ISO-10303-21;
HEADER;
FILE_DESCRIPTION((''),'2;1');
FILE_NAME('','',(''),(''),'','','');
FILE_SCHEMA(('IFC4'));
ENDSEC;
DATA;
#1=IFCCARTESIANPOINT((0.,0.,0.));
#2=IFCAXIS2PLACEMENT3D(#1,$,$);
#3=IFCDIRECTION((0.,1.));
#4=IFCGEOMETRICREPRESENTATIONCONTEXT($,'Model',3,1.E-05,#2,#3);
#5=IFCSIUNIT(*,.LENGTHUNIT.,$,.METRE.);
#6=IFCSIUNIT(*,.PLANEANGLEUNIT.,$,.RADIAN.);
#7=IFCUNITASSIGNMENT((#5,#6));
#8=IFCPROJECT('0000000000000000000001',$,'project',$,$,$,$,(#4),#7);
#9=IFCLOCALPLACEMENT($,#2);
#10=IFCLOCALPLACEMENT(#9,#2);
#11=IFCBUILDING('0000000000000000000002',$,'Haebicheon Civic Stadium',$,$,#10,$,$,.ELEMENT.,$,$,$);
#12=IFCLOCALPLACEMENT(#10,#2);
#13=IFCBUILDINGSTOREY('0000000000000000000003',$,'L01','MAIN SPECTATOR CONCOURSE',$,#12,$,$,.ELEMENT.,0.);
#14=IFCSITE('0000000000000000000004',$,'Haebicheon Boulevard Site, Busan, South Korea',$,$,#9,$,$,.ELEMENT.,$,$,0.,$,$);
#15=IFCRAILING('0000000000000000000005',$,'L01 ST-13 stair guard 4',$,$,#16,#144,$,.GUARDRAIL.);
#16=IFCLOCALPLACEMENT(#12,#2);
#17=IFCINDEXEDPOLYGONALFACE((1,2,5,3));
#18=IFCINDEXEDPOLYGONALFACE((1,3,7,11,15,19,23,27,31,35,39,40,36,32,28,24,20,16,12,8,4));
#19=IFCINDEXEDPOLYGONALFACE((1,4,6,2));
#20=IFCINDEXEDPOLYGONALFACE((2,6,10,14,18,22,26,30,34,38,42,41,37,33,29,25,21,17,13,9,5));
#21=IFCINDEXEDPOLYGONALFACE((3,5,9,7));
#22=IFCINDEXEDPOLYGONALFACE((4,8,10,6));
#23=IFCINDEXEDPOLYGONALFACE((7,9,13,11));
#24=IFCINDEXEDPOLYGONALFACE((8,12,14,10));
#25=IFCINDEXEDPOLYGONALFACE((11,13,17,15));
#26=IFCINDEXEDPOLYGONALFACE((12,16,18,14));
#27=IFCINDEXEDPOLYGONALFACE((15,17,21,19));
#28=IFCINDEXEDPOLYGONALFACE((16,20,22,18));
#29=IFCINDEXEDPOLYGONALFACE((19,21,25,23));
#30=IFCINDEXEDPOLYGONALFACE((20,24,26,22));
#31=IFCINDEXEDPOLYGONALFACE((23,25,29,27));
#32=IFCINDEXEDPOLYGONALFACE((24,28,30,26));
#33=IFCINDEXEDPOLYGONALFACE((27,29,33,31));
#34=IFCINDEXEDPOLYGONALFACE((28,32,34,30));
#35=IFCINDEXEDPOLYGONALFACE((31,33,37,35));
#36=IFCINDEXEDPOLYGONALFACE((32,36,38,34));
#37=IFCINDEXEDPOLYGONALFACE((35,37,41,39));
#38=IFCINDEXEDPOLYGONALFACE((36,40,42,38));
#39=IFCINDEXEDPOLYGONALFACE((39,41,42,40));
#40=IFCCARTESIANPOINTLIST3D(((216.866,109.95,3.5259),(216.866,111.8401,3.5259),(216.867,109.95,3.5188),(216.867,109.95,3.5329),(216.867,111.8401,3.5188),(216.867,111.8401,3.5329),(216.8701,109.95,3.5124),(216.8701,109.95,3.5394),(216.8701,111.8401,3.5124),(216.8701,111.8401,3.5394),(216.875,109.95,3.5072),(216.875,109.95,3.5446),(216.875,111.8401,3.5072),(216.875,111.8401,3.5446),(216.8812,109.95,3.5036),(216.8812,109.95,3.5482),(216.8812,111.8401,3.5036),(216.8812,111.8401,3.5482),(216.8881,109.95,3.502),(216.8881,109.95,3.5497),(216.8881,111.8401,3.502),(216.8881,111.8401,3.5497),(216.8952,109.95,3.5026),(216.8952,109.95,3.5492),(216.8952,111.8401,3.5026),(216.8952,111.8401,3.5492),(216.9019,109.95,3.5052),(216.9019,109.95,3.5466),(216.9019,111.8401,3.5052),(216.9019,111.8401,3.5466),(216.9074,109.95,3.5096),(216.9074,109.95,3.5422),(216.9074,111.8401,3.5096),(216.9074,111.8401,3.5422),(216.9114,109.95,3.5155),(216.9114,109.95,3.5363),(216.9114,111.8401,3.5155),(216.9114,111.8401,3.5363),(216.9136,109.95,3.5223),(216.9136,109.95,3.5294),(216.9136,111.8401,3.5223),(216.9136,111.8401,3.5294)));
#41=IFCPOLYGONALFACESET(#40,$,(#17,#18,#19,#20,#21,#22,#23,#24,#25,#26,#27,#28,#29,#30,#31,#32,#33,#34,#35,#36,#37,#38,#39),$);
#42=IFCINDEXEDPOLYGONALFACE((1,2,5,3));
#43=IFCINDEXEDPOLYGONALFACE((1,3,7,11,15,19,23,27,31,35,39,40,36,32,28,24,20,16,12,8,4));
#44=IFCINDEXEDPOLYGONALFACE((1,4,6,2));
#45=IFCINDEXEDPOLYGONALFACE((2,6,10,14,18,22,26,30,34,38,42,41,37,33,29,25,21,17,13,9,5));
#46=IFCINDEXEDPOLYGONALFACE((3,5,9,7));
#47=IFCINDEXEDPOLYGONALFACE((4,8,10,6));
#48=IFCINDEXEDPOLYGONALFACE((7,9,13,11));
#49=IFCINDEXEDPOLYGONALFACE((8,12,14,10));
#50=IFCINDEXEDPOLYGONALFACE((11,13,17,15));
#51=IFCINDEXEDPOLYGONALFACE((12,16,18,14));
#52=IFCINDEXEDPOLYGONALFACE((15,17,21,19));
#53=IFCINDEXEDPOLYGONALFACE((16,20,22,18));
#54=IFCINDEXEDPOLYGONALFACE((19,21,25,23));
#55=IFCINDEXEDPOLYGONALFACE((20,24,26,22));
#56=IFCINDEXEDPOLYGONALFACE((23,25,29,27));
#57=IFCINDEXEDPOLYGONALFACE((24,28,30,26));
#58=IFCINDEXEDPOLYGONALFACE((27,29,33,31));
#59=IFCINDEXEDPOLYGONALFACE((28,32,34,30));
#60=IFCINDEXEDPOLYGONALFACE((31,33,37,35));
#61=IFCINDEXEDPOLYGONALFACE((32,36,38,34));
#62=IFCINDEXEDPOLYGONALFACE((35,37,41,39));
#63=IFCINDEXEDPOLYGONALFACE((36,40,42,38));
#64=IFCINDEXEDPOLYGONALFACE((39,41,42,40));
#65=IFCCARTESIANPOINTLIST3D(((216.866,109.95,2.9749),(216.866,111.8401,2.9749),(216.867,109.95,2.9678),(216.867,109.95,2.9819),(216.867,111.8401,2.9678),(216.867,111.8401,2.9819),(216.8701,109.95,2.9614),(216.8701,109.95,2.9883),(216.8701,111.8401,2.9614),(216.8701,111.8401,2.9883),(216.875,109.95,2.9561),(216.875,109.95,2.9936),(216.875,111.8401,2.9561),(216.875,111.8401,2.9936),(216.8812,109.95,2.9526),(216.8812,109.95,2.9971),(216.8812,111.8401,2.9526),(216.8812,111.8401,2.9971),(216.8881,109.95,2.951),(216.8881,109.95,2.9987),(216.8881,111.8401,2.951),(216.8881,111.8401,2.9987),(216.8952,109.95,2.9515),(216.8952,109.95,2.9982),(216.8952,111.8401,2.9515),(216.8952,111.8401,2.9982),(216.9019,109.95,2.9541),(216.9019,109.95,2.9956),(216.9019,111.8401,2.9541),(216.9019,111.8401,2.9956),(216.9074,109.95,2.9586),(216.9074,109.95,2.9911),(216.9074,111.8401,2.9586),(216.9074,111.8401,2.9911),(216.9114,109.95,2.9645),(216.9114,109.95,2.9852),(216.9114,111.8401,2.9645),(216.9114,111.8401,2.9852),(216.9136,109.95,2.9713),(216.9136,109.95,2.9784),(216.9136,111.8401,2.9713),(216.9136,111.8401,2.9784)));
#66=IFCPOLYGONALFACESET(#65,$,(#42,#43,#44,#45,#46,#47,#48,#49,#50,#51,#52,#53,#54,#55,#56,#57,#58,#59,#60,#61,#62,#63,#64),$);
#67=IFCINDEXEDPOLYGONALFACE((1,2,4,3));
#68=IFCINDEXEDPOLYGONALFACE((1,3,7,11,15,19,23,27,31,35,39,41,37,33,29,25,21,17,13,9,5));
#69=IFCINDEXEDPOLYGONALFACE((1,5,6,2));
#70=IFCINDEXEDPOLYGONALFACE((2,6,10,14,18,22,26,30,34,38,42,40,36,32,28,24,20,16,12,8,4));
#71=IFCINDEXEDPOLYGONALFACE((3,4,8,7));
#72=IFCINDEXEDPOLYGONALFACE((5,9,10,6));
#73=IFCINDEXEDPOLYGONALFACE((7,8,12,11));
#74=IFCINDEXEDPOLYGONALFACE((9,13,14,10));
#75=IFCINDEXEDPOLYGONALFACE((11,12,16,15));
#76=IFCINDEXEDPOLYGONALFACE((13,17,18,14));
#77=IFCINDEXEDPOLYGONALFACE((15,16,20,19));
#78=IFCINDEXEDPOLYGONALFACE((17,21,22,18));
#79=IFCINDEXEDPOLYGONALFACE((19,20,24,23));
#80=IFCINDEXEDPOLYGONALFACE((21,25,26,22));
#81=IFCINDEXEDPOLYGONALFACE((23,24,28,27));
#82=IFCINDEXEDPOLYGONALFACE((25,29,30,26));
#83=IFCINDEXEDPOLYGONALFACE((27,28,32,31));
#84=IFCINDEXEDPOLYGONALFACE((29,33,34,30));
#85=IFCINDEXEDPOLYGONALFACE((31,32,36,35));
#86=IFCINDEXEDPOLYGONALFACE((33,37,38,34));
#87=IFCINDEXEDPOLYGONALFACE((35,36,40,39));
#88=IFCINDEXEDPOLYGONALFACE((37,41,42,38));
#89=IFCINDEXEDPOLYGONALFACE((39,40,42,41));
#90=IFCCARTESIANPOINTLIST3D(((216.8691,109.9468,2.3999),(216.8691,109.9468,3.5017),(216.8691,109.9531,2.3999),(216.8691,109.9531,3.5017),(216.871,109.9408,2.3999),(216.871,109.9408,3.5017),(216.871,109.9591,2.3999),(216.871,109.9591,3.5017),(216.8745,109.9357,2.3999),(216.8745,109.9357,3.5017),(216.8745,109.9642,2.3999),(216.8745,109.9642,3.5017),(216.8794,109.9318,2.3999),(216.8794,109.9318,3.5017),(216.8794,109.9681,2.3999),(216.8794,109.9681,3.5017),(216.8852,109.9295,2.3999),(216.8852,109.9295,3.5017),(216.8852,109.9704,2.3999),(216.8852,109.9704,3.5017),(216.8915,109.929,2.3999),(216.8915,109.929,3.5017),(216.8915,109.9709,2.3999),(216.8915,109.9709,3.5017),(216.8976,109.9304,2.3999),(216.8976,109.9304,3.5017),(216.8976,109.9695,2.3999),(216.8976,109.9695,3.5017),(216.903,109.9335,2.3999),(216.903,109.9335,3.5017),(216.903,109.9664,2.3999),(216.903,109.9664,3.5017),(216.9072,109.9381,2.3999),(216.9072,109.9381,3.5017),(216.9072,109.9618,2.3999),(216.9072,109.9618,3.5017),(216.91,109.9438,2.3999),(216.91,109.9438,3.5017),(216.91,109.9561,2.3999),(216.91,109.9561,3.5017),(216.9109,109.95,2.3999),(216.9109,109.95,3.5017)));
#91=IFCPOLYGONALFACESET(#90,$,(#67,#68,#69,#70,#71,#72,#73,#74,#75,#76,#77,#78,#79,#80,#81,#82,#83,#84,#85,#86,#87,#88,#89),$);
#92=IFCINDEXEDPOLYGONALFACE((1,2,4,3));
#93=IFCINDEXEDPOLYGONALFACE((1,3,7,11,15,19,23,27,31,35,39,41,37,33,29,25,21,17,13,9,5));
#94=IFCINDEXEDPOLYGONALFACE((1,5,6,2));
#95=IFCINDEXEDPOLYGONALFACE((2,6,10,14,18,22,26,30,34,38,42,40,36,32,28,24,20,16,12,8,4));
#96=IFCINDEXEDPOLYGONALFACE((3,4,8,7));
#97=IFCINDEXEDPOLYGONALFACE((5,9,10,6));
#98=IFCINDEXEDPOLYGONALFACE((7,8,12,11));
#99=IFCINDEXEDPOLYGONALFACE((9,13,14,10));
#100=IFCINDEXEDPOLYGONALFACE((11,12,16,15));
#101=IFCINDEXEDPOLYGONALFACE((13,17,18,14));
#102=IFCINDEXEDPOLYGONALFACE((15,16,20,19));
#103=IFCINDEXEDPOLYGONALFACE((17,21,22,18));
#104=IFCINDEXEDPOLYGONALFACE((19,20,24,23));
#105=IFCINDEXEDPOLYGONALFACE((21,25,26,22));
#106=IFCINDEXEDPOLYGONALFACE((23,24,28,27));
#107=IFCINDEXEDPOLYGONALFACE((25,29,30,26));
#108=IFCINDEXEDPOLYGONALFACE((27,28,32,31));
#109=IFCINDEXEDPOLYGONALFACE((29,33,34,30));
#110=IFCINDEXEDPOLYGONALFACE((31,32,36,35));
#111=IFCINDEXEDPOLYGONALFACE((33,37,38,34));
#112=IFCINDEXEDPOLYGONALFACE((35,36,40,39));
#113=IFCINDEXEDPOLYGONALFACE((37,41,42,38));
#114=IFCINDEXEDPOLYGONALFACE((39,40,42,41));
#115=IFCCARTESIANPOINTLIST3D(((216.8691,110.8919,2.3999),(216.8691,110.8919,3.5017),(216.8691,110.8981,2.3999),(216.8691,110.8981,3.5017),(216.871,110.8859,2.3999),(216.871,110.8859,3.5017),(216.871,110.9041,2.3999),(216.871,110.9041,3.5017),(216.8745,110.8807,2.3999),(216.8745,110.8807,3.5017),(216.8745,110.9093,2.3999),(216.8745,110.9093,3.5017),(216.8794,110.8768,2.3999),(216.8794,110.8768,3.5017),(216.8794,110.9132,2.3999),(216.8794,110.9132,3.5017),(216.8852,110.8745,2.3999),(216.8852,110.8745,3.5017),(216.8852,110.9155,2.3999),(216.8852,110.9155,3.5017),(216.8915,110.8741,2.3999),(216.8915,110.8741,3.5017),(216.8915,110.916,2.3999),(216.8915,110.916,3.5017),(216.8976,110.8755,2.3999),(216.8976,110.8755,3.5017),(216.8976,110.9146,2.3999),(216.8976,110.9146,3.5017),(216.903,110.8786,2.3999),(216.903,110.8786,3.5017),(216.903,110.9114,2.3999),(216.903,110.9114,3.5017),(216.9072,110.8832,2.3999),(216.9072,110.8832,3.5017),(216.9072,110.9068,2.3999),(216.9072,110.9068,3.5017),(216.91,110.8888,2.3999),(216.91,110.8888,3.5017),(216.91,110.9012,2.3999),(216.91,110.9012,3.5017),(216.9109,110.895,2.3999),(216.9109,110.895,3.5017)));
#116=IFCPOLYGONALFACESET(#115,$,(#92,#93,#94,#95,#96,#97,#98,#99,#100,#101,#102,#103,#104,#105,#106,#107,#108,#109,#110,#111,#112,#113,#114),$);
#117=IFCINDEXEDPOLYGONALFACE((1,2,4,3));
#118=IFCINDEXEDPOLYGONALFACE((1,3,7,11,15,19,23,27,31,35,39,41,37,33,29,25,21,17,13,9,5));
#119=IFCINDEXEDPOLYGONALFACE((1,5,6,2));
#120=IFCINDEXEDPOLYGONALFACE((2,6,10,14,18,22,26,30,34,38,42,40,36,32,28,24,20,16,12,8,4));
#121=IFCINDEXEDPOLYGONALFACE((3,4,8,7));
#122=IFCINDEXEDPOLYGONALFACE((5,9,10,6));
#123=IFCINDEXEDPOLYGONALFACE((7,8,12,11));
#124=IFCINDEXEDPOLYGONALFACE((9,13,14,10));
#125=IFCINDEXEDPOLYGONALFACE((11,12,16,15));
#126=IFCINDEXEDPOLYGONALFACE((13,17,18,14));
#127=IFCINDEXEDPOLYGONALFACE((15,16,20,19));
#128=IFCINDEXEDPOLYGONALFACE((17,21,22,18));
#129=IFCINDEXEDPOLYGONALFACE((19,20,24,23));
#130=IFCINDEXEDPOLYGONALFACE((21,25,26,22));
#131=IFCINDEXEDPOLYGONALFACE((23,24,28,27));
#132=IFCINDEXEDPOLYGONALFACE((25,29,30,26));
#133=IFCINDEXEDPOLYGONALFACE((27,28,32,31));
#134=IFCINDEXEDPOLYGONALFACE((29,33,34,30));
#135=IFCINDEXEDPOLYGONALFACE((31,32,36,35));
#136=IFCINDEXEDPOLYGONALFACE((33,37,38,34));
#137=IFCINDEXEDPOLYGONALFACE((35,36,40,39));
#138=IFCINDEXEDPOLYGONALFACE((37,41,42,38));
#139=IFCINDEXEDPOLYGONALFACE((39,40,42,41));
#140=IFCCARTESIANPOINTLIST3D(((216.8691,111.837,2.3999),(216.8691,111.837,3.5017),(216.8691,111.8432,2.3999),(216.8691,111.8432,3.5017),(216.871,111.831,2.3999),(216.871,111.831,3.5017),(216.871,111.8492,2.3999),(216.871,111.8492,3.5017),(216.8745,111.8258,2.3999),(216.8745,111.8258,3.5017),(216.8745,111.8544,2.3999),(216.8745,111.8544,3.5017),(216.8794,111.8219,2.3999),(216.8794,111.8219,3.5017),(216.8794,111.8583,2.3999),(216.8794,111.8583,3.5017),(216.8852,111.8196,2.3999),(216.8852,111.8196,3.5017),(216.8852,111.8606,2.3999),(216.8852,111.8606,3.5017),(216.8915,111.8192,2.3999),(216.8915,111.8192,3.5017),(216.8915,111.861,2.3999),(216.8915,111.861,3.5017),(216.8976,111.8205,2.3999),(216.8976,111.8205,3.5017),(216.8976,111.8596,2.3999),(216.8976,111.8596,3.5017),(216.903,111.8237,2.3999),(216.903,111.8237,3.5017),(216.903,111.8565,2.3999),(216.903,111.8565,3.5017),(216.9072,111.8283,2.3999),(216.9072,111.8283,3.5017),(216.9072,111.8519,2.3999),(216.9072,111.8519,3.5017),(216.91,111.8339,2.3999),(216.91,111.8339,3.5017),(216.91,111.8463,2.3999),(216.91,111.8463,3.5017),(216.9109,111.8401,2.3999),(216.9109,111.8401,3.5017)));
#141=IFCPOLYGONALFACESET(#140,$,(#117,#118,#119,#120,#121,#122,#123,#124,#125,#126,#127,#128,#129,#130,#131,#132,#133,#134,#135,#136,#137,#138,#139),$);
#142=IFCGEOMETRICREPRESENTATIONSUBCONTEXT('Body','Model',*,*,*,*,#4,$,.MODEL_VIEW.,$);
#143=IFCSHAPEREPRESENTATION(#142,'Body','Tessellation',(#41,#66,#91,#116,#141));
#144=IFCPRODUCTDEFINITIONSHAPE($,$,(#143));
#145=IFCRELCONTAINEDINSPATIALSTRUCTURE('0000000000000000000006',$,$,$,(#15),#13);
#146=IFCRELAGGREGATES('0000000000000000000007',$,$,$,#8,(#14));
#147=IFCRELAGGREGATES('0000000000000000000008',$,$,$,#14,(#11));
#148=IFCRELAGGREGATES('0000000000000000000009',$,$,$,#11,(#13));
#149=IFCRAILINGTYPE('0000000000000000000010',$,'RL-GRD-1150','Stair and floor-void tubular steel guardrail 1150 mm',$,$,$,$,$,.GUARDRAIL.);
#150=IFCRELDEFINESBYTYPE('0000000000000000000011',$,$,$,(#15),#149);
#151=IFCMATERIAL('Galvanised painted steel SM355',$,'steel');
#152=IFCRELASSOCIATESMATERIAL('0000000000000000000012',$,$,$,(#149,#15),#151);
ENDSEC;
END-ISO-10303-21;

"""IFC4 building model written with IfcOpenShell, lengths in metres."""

from ifc_helpers import new_model, si_unit, direction, frame, origin, origin_2d, place, context, subcontext, project, spatial, circle, extrude, material, type_object, element, save


model = new_model("IFC4")

# Units and contexts
model_context = context("Model", 3, precision=1e-05, world=origin(), true_north=direction((0.0, 1.0)))
body_context = subcontext(model_context, "Body", "Model", "MODEL_VIEW")
ifc_project = project(units=[si_unit("LENGTHUNIT", "METRE"), si_unit("PLANEANGLEUNIT", "RADIAN")], contexts=[model_context])

# Site, building, storey
site_placement = place(None, origin())
site = spatial("IfcSite", under=ifc_project, at=site_placement, Name="Haebicheon Boulevard Site, Busan, South Korea", CompositionType="ELEMENT", RefElevation=0.0)
building_placement = place(site_placement, origin())
building = spatial("IfcBuilding", under=site, at=building_placement, Name="Haebicheon Civic Stadium", CompositionType="ELEMENT")
storey_placement = place(building_placement, origin())
storey = spatial("IfcBuildingStorey", under=building, at=storey_placement, Name="L01", Description="MAIN SPECTATOR CONCOURSE", CompositionType="ELEMENT", Elevation=0.0)

# Railing
ifc_material_1 = material(Name="Galvanised painted steel SM355", Category="steel")
railing_type_1 = type_object("IfcRailingType", Name="RL-GRD-1150", Description="Stair and floor-void tubular steel guardrail 1150 mm", PredefinedType="GUARDRAIL", material=ifc_material_1)
for number, where, name in (
    (1, (216.8899, 109.95, 2.3999), "L01 ST-13 stair guard 4"),
):
    element("IfcRailing", number, at=place(storey_placement, frame(where)), inside=storey, type_object=railing_type_1, material=ifc_material_1, Name=name, PredefinedType="GUARDRAIL", context=body_context, shape_type="SweptSolid", body=[
        extrude(circle(Radius=0.0239, at=origin_2d()), frame((0.0, 0.0, 1.126), z_axis=(0.0, 1.0, 0.0), x_axis=(-1.0, 0.0, 0.0)), (0.0, 0.0, 1.0), 1.8901),
        extrude(circle(Radius=0.0239, at=origin_2d()), frame((0.0, 0.0, 0.575), z_axis=(0.0, 1.0, 0.0), x_axis=(-1.0, 0.0, 0.0)), (0.0, 0.0, 1.0), 1.8901),
        extrude(circle(Radius=0.021, at=origin_2d()), origin(), (0.0, 0.0, 1.0), 1.1018),
        extrude(circle(Radius=0.021, at=origin_2d()), frame((0.0, 0.9451, 0.0)), (0.0, 0.0, 1.0), 1.1018),
        extrude(circle(Radius=0.021, at=origin_2d()), frame((0.0, 1.8901, 0.0)), (0.0, 0.0, 1.0), 1.1018),
    ])

save(model, "model.ifc")
